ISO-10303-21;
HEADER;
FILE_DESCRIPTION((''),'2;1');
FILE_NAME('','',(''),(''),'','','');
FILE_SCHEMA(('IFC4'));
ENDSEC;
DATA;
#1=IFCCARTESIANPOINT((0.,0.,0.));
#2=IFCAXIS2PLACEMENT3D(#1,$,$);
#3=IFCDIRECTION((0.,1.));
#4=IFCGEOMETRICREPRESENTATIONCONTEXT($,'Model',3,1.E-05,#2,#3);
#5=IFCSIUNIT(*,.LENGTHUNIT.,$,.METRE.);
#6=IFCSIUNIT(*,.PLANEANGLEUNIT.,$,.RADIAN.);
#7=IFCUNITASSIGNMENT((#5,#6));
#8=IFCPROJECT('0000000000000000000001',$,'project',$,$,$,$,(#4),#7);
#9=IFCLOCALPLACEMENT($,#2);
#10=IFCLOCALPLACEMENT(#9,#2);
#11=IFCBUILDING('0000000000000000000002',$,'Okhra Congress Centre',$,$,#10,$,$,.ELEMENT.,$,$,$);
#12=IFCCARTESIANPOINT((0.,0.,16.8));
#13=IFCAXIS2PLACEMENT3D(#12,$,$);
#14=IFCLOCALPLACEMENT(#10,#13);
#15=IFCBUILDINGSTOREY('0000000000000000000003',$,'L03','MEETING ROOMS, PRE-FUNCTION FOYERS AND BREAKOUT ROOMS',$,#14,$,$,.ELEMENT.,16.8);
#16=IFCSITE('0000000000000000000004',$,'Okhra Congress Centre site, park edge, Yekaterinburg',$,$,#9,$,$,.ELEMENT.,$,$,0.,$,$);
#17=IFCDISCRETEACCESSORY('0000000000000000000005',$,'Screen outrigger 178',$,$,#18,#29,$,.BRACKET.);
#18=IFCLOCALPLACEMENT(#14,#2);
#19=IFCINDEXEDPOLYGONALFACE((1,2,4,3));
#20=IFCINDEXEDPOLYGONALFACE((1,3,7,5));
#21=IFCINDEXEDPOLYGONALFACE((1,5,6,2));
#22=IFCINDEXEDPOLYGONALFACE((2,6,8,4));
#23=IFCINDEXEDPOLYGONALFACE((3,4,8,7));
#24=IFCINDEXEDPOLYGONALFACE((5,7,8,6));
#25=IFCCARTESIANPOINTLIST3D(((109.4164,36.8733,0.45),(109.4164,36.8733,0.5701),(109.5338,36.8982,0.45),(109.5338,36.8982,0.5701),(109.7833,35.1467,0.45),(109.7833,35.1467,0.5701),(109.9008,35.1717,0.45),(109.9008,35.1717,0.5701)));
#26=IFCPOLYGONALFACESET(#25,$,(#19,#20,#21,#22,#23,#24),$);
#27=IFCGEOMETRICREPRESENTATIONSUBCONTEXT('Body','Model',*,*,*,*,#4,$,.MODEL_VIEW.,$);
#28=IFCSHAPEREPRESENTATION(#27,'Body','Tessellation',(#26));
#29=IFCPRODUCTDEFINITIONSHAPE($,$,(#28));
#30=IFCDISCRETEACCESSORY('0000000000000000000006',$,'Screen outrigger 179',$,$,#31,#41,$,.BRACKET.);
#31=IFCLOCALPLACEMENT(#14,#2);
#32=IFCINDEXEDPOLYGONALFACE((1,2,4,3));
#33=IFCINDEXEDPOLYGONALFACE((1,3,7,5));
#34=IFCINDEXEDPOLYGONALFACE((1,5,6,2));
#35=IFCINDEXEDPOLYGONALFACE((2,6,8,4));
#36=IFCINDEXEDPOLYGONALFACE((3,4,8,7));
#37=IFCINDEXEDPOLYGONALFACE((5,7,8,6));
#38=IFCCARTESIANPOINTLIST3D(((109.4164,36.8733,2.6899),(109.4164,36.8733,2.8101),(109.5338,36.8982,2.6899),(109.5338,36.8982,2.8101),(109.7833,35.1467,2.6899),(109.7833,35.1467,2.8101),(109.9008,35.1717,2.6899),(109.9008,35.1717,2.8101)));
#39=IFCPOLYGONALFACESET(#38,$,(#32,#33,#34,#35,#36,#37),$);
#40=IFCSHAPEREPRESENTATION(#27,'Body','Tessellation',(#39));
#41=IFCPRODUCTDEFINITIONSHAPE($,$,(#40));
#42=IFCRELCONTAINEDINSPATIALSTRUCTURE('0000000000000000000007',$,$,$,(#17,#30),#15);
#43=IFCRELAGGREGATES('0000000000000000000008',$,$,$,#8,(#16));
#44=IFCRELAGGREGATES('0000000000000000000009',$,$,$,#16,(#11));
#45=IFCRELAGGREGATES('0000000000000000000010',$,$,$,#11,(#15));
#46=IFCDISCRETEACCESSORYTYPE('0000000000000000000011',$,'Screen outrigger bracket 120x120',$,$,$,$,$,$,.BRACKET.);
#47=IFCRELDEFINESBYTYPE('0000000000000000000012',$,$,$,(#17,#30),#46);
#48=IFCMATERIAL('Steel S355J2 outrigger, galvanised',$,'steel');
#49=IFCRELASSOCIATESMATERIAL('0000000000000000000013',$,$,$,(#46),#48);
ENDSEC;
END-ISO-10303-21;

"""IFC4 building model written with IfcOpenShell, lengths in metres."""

from ifc_helpers import new_model, si_unit, direction, frame, origin, origin_2d, place, context, subcontext, project, spatial, rectangle, extrude, material, material_profile, profile_set, type_object, element, save


model = new_model("IFC4")

# Units and contexts
model_context = context("Model", 3, precision=1e-05, world=origin(), true_north=direction((0.0, 1.0)))
body_context = subcontext(model_context, "Body", "Model", "MODEL_VIEW")
ifc_project = project(units=[si_unit("LENGTHUNIT", "METRE"), si_unit("PLANEANGLEUNIT", "RADIAN")], contexts=[model_context])

# Site, building, storey
site_placement = place(None, origin())
site = spatial("IfcSite", under=ifc_project, at=site_placement, Name="Okhra Congress Centre site, park edge, Yekaterinburg", CompositionType="ELEMENT", RefElevation=0.0)
building_placement = place(site_placement, origin())
building = spatial("IfcBuilding", under=site, at=building_placement, Name="Okhra Congress Centre", CompositionType="ELEMENT")
storey_placement = place(building_placement, frame((0.0, 0.0, 16.8)))
storey = spatial("IfcBuildingStorey", under=building, at=storey_placement, Name="L03", Description="MEETING ROOMS, PRE-FUNCTION FOYERS AND BREAKOUT ROOMS", CompositionType="ELEMENT", Elevation=16.8)

# Discrete accessories
ifc_material_1 = material(Name="Steel S355J2 outrigger, galvanised", Category="steel")
ifc_material_profile_1 = material_profile(ifc_material_1, rectangle(XDim=0.1201, YDim=0.1201, at=origin_2d()), Name="Screen outrigger bracket 120x120")
ifc_profile_set_1 = profile_set([ifc_material_profile_1], Name="Steel S355J2 outrigger, galvanised")
discrete_accessory_type = type_object("IfcDiscreteAccessoryType", Name="Screen outrigger bracket 120x120", PredefinedType="BRACKET", material=ifc_profile_set_1)
for number, where, z_axis, x_axis, name in (
    (1, (109.4751, 36.8857, 0.51), (0.207885, -0.978153, 0.0), (0.978153, 0.207885, 0.0), "Screen outrigger 178"),
    (2, (109.4751, 36.8857, 2.75), (0.207885, -0.978153, 0.0), (0.978153, 0.207885, 0.0), "Screen outrigger 179"),
):
    element("IfcDiscreteAccessory", number, at=place(storey_placement, frame(where, z_axis=z_axis, x_axis=x_axis)), inside=storey, type_object=discrete_accessory_type, Name=name, PredefinedType="BRACKET", context=body_context, shape_type="SweptSolid", body=[
        extrude(rectangle(XDim=0.1201, YDim=0.1201, at=origin_2d()), origin(), (0.0, 0.0, 1.0), 1.7651),
    ])

save(model, "model.ifc")
